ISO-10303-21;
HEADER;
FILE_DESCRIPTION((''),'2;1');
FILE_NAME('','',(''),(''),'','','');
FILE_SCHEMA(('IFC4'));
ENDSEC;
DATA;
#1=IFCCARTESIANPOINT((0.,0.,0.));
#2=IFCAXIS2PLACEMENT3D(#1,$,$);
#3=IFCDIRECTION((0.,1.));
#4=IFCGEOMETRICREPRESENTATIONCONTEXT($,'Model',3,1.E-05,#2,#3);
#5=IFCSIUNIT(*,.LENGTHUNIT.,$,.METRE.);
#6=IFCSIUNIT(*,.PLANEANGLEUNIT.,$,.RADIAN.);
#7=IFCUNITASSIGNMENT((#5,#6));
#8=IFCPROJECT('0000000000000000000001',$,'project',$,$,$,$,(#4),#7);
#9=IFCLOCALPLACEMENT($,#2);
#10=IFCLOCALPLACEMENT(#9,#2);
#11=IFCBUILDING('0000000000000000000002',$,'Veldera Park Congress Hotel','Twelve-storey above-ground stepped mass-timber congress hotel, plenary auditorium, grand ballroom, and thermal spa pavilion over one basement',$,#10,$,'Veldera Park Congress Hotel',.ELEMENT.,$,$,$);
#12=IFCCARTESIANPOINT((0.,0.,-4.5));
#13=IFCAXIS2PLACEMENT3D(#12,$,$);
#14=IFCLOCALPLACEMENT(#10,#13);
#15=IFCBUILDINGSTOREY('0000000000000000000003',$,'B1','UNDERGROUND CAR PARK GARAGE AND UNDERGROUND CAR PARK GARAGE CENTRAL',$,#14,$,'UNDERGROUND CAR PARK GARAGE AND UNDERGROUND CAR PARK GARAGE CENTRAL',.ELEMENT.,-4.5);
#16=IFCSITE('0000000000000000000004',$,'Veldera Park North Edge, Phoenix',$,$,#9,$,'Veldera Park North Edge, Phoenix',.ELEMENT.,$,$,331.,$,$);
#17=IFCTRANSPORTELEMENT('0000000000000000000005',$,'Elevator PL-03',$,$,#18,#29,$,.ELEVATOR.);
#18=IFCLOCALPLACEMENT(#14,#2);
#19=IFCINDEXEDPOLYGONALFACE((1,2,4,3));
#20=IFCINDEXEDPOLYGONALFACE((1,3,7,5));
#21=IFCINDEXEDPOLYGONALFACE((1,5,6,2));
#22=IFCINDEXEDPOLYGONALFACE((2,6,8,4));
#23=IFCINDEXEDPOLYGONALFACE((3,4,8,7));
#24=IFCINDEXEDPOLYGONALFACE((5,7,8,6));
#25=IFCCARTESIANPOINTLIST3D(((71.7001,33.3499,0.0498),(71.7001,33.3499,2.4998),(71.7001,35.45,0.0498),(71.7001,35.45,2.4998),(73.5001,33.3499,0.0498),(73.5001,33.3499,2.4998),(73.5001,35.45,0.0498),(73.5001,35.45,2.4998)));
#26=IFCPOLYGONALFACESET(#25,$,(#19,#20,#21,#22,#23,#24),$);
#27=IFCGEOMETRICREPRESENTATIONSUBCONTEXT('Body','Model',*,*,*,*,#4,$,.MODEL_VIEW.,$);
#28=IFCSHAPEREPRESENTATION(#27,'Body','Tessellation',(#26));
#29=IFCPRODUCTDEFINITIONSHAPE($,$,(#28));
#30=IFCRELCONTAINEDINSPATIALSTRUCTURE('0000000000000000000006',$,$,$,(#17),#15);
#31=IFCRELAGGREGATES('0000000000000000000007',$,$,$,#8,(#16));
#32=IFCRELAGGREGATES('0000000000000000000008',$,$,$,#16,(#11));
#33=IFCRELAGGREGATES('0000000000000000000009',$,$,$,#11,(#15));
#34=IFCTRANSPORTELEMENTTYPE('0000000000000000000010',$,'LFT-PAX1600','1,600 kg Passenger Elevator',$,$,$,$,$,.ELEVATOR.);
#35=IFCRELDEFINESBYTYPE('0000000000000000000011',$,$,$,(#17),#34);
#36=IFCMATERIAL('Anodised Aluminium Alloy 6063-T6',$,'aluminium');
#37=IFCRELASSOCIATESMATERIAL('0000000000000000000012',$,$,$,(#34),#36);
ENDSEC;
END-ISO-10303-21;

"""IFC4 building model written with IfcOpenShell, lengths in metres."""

from ifc_helpers import new_model, si_unit, direction, frame, origin, origin_2d, place, context, subcontext, project, spatial, rectangle, extrude, material, type_object, element, save


model = new_model("IFC4")

# Units and contexts
model_context = context("Model", 3, precision=1e-05, world=origin(), true_north=direction((0.0, 1.0)))
body_context = subcontext(model_context, "Body", "Model", "MODEL_VIEW")
ifc_project = project(units=[si_unit("LENGTHUNIT", "METRE"), si_unit("PLANEANGLEUNIT", "RADIAN")], contexts=[model_context])

# Site, building, storey
site_placement = place(None, origin())
site = spatial("IfcSite", under=ifc_project, at=site_placement, Name="Veldera Park North Edge, Phoenix", LongName="Veldera Park North Edge, Phoenix", CompositionType="ELEMENT", RefElevation=331.0)
building_placement = place(site_placement, origin())
building = spatial("IfcBuilding", under=site, at=building_placement, Name="Veldera Park Congress Hotel", Description="Twelve-storey above-ground stepped mass-timber congress hotel, plenary auditorium, grand ballroom, and thermal spa pavilion over one basement", LongName="Veldera Park Congress Hotel", CompositionType="ELEMENT")
storey_placement = place(building_placement, frame((0.0, 0.0, -4.5)))
storey = spatial("IfcBuildingStorey", under=building, at=storey_placement, Name="B1", Description="UNDERGROUND CAR PARK GARAGE AND UNDERGROUND CAR PARK GARAGE CENTRAL", LongName="UNDERGROUND CAR PARK GARAGE AND UNDERGROUND CAR PARK GARAGE CENTRAL", CompositionType="ELEMENT", Elevation=-4.5)

# Transport element
ifc_material_1 = material(Name="Anodised Aluminium Alloy 6063-T6", Category="aluminium")
transport_element_type = type_object("IfcTransportElementType", Name="LFT-PAX1600", Description="1,600 kg Passenger Elevator", PredefinedType="ELEVATOR", material=ifc_material_1)
for number, where, z_axis, x_axis, name in (
    (1, (72.6001, 34.3999, 0.0498), (0.0, 0.0, 1.0), (1.0, 0.0, 0.0), "Elevator PL-03"),
):
    element("IfcTransportElement", number, at=place(storey_placement, frame(where, z_axis=z_axis, x_axis=x_axis)), inside=storey, type_object=transport_element_type, Name=name, PredefinedType="ELEVATOR", context=body_context, shape_type="SweptSolid", body=[
        extrude(rectangle(XDim=1.8, YDim=2.1001, at=origin_2d()), origin(), (0.0, 0.0, 1.0), 2.45),
    ])

save(model, "model.ifc")
